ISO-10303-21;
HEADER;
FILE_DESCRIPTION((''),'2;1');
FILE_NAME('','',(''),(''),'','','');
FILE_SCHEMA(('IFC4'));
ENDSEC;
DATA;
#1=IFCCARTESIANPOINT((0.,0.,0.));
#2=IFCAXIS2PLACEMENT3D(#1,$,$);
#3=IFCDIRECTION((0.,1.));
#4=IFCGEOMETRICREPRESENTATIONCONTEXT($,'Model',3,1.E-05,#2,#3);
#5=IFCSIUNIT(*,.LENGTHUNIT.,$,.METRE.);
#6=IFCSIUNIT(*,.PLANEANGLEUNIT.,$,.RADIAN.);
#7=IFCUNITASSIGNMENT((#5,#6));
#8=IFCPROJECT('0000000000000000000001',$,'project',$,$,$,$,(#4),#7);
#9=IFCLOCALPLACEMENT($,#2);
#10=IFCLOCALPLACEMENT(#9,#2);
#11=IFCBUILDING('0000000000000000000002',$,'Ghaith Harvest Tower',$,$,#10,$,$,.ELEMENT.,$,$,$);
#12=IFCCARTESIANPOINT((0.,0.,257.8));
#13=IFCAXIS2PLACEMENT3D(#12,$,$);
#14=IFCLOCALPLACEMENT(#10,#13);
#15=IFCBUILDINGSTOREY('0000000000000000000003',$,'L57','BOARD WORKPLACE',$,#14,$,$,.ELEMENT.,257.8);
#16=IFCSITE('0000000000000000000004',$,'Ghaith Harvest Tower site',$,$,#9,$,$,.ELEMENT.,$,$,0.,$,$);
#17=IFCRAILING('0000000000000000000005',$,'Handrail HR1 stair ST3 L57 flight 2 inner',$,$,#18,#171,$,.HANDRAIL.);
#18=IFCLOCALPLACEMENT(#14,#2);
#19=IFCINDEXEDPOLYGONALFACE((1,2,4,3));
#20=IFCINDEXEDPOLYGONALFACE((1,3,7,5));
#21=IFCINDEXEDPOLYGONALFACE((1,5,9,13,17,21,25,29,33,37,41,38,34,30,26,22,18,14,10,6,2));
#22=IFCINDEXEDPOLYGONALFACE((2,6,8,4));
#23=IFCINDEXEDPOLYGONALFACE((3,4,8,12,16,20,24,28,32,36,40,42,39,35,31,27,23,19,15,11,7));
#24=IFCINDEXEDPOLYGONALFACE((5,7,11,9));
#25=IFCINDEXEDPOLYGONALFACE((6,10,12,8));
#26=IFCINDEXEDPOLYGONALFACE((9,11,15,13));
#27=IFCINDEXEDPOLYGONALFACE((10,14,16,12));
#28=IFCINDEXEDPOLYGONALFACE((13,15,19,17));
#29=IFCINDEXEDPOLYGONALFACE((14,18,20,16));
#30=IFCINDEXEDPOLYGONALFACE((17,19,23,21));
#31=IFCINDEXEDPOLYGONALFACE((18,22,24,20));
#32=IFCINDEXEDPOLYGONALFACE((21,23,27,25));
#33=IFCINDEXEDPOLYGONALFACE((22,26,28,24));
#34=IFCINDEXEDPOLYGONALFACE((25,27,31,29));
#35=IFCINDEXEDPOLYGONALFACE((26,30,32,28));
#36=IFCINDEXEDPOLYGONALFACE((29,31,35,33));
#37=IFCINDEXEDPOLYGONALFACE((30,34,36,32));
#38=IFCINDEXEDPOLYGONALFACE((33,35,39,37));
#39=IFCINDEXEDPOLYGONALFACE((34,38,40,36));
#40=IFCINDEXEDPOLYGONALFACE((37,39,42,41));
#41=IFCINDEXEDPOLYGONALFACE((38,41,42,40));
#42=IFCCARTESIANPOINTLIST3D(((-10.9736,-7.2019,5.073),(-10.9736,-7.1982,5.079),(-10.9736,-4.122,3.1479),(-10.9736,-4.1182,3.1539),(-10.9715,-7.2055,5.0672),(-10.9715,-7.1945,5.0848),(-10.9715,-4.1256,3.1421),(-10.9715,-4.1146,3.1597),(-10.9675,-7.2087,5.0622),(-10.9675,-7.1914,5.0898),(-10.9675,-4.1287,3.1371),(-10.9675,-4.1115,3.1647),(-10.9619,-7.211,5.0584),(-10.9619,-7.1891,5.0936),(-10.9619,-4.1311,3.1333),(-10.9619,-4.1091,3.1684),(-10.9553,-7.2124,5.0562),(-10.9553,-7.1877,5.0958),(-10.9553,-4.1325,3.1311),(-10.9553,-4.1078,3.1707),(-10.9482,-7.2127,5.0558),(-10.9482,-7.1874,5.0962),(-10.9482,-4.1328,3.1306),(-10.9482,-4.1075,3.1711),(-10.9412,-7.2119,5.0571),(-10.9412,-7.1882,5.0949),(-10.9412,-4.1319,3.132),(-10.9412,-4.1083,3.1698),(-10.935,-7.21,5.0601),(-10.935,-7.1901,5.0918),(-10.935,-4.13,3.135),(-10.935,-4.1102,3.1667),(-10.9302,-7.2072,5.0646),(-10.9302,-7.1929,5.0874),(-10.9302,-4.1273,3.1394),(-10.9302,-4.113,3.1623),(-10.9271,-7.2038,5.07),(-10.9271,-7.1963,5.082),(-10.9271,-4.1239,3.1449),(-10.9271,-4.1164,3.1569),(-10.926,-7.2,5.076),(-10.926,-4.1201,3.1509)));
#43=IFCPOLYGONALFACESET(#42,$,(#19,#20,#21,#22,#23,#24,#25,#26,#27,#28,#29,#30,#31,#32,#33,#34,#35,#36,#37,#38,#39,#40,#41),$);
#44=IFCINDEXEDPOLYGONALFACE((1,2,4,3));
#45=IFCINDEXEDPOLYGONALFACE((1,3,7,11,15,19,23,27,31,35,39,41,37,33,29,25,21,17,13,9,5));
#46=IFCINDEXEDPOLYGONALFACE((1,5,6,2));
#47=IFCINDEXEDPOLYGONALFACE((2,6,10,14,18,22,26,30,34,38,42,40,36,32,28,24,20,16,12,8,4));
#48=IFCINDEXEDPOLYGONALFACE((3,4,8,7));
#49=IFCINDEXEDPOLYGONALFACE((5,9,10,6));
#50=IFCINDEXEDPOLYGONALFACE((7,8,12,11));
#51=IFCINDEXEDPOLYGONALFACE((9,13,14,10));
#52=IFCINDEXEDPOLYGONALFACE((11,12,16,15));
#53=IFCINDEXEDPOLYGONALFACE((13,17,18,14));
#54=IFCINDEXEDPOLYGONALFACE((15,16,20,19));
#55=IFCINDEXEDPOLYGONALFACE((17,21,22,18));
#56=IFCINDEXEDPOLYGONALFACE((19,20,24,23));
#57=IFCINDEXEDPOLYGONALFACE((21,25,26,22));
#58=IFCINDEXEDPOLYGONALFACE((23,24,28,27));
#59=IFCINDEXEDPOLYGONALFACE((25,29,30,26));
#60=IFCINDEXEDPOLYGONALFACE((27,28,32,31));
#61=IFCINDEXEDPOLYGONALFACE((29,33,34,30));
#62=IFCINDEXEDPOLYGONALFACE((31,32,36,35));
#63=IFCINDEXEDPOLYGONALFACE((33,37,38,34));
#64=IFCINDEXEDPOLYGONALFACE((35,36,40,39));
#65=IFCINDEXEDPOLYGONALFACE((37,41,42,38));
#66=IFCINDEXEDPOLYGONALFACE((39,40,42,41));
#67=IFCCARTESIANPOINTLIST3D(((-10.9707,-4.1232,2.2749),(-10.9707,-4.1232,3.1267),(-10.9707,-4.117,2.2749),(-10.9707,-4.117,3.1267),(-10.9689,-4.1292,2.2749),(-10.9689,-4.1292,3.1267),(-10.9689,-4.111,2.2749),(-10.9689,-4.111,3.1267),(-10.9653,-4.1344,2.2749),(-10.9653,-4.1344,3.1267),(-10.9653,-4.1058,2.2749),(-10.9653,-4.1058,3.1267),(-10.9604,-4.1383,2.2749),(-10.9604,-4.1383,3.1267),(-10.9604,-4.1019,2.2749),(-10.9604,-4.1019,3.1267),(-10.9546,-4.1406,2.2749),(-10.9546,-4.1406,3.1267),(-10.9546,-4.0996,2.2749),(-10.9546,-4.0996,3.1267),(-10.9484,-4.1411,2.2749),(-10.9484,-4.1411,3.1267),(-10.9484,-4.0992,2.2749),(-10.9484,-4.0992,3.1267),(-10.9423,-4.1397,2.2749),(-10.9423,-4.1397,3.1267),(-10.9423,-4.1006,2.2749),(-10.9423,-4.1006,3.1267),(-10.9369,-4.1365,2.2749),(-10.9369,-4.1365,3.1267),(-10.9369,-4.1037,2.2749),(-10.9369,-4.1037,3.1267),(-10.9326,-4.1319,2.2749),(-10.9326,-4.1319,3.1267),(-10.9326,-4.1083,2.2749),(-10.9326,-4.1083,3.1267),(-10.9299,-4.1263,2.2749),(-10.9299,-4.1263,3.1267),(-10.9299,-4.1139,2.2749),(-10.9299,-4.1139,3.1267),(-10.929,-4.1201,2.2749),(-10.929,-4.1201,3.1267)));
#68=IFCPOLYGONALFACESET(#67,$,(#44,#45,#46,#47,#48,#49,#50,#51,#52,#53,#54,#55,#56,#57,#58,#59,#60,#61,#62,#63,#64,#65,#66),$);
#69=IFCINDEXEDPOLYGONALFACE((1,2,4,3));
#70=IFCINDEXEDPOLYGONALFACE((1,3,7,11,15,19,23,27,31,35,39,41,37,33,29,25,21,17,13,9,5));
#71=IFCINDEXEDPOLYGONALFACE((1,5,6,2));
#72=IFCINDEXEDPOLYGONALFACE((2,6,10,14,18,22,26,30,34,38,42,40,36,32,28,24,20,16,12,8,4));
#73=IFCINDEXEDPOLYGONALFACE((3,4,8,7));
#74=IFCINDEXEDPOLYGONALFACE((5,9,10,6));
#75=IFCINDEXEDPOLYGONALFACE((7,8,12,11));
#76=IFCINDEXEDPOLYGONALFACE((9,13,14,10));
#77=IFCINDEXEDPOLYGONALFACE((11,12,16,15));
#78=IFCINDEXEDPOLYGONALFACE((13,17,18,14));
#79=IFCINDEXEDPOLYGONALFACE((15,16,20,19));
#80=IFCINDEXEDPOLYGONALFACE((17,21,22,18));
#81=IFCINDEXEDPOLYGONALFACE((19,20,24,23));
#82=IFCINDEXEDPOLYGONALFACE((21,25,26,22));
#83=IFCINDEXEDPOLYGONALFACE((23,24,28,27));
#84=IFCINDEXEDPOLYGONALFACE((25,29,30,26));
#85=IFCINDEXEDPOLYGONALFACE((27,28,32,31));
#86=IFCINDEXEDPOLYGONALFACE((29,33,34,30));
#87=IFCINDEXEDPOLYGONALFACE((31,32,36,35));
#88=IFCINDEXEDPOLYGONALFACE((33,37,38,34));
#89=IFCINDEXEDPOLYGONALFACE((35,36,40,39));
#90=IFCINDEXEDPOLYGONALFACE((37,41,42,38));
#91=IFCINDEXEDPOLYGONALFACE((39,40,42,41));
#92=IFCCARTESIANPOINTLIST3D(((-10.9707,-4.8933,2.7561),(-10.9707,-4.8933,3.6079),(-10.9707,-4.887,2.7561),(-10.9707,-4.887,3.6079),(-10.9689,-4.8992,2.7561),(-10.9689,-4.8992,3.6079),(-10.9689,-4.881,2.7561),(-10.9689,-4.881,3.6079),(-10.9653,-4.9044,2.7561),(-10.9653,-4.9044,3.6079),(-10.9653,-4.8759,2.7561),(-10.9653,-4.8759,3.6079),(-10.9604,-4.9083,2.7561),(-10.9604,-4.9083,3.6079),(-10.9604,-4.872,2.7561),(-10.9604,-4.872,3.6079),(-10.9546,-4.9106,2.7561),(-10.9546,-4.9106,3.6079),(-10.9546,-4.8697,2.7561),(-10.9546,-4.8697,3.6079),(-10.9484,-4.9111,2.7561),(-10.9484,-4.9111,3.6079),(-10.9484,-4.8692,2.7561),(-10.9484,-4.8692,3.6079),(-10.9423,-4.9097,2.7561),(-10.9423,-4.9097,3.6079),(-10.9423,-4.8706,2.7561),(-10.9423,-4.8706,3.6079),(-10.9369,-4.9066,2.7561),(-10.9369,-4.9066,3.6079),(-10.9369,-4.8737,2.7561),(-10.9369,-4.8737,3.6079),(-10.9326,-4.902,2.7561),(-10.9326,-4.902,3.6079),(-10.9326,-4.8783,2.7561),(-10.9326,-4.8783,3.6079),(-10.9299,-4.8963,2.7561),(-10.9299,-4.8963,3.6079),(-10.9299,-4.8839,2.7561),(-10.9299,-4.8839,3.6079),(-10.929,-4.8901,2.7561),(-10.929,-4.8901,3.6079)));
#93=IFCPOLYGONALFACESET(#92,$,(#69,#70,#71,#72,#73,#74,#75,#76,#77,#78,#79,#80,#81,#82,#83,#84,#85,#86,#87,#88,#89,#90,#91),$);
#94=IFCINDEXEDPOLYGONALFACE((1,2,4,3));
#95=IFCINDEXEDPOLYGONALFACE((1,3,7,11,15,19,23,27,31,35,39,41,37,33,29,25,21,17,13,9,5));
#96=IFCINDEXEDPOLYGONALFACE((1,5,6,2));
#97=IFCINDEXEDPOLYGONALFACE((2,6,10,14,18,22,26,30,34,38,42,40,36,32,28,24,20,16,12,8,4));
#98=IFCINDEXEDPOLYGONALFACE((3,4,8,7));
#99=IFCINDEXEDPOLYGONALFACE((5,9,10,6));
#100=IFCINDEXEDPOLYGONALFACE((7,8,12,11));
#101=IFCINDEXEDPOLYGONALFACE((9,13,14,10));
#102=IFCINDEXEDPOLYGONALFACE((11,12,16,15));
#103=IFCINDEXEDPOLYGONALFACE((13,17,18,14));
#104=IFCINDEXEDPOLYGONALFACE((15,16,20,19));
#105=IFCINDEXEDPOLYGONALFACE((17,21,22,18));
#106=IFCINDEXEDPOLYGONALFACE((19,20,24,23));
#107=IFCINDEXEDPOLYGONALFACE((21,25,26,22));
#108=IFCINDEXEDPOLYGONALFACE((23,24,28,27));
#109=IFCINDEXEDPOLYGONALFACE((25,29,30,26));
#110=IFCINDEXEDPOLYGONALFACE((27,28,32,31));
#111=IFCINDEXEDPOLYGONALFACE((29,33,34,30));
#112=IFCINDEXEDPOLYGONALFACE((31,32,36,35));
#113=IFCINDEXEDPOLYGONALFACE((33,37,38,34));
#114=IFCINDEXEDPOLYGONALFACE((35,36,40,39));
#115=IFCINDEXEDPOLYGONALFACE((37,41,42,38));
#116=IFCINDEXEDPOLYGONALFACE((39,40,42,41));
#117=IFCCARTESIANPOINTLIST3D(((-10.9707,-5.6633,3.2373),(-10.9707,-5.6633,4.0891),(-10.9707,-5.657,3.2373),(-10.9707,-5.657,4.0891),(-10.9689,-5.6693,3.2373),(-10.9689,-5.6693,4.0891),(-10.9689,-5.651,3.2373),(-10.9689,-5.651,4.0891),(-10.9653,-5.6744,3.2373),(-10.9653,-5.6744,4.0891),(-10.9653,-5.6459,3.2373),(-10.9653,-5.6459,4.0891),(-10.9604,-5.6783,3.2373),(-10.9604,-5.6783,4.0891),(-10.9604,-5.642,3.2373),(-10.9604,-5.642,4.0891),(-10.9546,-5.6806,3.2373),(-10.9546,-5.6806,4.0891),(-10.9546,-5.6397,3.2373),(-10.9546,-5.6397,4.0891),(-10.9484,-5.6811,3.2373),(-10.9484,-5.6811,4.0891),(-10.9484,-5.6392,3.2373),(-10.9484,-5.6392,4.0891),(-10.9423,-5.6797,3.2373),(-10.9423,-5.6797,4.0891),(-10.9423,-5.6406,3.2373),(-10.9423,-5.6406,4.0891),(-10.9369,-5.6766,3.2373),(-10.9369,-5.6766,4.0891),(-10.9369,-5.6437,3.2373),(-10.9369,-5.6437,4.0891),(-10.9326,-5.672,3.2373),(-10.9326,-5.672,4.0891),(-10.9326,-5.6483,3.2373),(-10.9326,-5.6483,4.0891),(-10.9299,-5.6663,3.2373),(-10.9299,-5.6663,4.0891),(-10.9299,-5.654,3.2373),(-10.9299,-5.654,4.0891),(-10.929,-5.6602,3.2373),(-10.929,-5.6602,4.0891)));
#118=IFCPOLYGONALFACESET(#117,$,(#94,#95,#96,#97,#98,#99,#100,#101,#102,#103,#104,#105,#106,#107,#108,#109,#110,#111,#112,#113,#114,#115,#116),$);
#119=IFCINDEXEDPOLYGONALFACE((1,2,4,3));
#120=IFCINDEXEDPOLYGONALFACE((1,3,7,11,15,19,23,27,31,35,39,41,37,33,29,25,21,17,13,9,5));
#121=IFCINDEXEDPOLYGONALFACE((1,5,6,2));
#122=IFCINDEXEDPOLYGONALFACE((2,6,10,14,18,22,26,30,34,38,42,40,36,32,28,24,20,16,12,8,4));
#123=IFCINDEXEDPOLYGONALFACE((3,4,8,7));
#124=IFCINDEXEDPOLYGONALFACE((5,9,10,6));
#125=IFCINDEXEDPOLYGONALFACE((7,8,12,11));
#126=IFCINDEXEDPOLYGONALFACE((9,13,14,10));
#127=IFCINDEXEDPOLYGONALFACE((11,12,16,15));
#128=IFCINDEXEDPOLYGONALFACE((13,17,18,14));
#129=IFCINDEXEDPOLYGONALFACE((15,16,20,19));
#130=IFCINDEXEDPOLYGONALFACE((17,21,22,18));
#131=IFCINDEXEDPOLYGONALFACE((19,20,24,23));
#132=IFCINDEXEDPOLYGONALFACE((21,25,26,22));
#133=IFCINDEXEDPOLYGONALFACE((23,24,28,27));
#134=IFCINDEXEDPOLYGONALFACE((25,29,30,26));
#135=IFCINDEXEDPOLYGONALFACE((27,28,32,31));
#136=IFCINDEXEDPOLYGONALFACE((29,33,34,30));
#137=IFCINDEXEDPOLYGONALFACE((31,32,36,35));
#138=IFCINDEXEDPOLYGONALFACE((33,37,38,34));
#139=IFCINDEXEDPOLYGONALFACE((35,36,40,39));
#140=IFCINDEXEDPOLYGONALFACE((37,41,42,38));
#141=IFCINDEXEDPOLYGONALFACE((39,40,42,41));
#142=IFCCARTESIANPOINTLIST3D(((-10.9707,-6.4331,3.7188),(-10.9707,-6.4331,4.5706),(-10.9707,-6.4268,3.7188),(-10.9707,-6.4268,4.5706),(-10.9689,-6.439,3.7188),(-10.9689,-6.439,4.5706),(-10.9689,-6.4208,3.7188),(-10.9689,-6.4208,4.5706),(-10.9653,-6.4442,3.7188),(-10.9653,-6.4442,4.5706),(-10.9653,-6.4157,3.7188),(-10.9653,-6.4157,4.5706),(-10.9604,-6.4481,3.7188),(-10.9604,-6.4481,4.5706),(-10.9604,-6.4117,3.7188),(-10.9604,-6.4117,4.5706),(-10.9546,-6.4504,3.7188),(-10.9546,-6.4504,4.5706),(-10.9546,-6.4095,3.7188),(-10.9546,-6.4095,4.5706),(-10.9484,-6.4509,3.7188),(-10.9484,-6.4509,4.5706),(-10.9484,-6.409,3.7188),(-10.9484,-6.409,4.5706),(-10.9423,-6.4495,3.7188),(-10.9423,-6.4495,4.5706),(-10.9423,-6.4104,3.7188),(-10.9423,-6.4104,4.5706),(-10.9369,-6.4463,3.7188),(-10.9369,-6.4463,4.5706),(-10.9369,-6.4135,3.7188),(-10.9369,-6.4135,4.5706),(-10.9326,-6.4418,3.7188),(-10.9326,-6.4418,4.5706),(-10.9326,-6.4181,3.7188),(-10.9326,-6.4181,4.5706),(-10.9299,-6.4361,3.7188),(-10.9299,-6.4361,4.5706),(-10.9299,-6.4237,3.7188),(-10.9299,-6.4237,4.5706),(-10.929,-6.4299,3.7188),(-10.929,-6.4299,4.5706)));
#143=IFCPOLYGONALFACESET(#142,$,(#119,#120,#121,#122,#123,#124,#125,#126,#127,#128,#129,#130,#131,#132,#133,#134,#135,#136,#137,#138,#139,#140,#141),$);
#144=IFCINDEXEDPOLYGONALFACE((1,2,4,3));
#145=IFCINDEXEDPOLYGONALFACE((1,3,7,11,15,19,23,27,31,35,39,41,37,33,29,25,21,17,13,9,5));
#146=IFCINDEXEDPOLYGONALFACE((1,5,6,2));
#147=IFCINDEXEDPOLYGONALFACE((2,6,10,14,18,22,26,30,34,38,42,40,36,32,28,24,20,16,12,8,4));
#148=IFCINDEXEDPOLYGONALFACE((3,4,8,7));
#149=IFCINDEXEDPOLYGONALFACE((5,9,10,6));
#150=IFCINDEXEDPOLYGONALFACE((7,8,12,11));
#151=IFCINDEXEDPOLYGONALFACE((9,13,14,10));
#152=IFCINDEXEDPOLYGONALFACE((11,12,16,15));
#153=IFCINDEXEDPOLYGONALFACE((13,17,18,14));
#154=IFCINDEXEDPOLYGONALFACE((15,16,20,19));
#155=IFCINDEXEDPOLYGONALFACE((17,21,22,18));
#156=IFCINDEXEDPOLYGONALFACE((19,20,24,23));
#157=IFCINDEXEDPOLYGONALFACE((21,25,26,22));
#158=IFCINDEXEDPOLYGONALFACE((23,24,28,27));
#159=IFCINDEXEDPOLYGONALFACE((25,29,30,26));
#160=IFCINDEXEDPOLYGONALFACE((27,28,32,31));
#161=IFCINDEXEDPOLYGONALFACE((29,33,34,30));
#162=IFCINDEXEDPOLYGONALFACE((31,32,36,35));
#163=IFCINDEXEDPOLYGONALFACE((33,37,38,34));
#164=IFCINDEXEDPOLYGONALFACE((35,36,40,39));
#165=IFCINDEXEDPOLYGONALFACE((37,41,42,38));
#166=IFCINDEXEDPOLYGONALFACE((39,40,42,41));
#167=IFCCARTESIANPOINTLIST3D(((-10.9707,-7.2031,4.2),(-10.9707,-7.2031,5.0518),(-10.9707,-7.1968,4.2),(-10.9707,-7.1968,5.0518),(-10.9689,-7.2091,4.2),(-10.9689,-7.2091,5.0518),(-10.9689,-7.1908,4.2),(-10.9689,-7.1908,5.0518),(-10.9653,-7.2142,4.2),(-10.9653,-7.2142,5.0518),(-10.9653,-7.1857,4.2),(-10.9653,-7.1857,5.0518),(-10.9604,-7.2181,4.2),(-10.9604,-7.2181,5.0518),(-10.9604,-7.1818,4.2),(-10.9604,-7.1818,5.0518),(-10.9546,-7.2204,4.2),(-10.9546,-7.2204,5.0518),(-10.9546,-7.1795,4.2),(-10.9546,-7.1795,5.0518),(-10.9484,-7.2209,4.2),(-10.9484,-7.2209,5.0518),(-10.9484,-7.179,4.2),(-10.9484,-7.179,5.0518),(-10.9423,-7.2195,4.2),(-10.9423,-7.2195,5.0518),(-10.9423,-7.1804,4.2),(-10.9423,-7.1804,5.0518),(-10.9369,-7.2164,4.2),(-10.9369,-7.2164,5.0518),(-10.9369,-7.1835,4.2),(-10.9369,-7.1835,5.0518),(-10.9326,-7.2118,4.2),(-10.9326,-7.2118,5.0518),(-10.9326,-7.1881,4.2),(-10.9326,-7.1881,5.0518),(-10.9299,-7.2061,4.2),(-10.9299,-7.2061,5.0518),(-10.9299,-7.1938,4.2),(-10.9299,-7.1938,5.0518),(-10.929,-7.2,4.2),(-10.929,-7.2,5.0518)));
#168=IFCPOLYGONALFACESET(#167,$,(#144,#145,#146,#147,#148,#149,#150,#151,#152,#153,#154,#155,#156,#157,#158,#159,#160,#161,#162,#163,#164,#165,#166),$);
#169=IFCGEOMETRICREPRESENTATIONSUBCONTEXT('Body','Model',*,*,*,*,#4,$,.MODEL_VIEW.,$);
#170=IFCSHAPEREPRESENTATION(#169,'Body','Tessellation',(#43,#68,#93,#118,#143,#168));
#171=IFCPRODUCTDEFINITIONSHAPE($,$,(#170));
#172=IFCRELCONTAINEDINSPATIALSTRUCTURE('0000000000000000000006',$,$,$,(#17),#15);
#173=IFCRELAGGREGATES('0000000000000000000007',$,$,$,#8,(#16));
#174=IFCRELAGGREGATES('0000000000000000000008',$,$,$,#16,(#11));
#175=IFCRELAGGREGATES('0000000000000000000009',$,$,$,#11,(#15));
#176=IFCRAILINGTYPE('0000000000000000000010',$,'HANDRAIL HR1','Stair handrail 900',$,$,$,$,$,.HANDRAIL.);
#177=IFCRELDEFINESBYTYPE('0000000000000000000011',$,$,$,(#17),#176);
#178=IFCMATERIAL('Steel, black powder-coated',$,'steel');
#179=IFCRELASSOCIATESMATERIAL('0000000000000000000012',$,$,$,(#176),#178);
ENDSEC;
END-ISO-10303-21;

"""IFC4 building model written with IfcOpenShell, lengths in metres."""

from ifc_helpers import new_model, si_unit, direction, frame, origin, origin_2d, place, context, subcontext, project, spatial, circle, extrude, material, type_object, element, save


model = new_model("IFC4")

# Units and contexts
model_context = context("Model", 3, precision=1e-05, world=origin(), true_north=direction((0.0, 1.0)))
body_context = subcontext(model_context, "Body", "Model", "MODEL_VIEW")
ifc_project = project(units=[si_unit("LENGTHUNIT", "METRE"), si_unit("PLANEANGLEUNIT", "RADIAN")], contexts=[model_context])

# Site, building, storey
site_placement = place(None, origin())
site = spatial("IfcSite", under=ifc_project, at=site_placement, Name="Ghaith Harvest Tower site", CompositionType="ELEMENT", RefElevation=0.0)
building_placement = place(site_placement, origin())
building = spatial("IfcBuilding", under=site, at=building_placement, Name="Ghaith Harvest Tower", CompositionType="ELEMENT")
storey_placement = place(building_placement, frame((0.0, 0.0, 257.8)))
storey = spatial("IfcBuildingStorey", under=building, at=storey_placement, Name="L57", Description="BOARD WORKPLACE", CompositionType="ELEMENT", Elevation=257.8)

# Railing
ifc_material_1 = material(Name="Steel, black powder-coated", Category="steel")
railing_type = type_object("IfcRailingType", Name="HANDRAIL HR1", Description="Stair handrail 900", PredefinedType="HANDRAIL", material=ifc_material_1)
railing_1_placement = place(storey_placement, frame((-10.95, -4.1201, 2.2749)))
element("IfcRailing", 1, at=railing_1_placement, inside=storey, type_object=railing_type, Name="Handrail HR1 stair ST3 L57 flight 2 inner", PredefinedType="HANDRAIL", context=body_context, shape_type="SweptSolid", body=[
    extrude(circle(Radius=0.0239, at=origin_2d()), frame((0.0, 0.0, 0.876), z_axis=(0.0, -0.847979, 0.530029), x_axis=(1.0, 0.0, 0.0)), (0.0, 0.0, 1.0), 3.6321),
    extrude(circle(Radius=0.021, at=origin_2d()), origin(), (0.0, 0.0, 1.0), 0.8518),
    extrude(circle(Radius=0.021, at=origin_2d()), frame((0.0, -0.77, 0.4812)), (0.0, 0.0, 1.0), 0.8518),
    extrude(circle(Radius=0.021, at=origin_2d()), frame((0.0, -1.54, 0.9624)), (0.0, 0.0, 1.0), 0.8518),
    extrude(circle(Radius=0.021, at=origin_2d()), frame((0.0, -2.3098, 1.4438)), (0.0, 0.0, 1.0), 0.8518),
    extrude(circle(Radius=0.021, at=origin_2d()), frame((0.0, -3.0798, 1.925)), (0.0, 0.0, 1.0), 0.8518),
])

save(model, "model.ifc")
